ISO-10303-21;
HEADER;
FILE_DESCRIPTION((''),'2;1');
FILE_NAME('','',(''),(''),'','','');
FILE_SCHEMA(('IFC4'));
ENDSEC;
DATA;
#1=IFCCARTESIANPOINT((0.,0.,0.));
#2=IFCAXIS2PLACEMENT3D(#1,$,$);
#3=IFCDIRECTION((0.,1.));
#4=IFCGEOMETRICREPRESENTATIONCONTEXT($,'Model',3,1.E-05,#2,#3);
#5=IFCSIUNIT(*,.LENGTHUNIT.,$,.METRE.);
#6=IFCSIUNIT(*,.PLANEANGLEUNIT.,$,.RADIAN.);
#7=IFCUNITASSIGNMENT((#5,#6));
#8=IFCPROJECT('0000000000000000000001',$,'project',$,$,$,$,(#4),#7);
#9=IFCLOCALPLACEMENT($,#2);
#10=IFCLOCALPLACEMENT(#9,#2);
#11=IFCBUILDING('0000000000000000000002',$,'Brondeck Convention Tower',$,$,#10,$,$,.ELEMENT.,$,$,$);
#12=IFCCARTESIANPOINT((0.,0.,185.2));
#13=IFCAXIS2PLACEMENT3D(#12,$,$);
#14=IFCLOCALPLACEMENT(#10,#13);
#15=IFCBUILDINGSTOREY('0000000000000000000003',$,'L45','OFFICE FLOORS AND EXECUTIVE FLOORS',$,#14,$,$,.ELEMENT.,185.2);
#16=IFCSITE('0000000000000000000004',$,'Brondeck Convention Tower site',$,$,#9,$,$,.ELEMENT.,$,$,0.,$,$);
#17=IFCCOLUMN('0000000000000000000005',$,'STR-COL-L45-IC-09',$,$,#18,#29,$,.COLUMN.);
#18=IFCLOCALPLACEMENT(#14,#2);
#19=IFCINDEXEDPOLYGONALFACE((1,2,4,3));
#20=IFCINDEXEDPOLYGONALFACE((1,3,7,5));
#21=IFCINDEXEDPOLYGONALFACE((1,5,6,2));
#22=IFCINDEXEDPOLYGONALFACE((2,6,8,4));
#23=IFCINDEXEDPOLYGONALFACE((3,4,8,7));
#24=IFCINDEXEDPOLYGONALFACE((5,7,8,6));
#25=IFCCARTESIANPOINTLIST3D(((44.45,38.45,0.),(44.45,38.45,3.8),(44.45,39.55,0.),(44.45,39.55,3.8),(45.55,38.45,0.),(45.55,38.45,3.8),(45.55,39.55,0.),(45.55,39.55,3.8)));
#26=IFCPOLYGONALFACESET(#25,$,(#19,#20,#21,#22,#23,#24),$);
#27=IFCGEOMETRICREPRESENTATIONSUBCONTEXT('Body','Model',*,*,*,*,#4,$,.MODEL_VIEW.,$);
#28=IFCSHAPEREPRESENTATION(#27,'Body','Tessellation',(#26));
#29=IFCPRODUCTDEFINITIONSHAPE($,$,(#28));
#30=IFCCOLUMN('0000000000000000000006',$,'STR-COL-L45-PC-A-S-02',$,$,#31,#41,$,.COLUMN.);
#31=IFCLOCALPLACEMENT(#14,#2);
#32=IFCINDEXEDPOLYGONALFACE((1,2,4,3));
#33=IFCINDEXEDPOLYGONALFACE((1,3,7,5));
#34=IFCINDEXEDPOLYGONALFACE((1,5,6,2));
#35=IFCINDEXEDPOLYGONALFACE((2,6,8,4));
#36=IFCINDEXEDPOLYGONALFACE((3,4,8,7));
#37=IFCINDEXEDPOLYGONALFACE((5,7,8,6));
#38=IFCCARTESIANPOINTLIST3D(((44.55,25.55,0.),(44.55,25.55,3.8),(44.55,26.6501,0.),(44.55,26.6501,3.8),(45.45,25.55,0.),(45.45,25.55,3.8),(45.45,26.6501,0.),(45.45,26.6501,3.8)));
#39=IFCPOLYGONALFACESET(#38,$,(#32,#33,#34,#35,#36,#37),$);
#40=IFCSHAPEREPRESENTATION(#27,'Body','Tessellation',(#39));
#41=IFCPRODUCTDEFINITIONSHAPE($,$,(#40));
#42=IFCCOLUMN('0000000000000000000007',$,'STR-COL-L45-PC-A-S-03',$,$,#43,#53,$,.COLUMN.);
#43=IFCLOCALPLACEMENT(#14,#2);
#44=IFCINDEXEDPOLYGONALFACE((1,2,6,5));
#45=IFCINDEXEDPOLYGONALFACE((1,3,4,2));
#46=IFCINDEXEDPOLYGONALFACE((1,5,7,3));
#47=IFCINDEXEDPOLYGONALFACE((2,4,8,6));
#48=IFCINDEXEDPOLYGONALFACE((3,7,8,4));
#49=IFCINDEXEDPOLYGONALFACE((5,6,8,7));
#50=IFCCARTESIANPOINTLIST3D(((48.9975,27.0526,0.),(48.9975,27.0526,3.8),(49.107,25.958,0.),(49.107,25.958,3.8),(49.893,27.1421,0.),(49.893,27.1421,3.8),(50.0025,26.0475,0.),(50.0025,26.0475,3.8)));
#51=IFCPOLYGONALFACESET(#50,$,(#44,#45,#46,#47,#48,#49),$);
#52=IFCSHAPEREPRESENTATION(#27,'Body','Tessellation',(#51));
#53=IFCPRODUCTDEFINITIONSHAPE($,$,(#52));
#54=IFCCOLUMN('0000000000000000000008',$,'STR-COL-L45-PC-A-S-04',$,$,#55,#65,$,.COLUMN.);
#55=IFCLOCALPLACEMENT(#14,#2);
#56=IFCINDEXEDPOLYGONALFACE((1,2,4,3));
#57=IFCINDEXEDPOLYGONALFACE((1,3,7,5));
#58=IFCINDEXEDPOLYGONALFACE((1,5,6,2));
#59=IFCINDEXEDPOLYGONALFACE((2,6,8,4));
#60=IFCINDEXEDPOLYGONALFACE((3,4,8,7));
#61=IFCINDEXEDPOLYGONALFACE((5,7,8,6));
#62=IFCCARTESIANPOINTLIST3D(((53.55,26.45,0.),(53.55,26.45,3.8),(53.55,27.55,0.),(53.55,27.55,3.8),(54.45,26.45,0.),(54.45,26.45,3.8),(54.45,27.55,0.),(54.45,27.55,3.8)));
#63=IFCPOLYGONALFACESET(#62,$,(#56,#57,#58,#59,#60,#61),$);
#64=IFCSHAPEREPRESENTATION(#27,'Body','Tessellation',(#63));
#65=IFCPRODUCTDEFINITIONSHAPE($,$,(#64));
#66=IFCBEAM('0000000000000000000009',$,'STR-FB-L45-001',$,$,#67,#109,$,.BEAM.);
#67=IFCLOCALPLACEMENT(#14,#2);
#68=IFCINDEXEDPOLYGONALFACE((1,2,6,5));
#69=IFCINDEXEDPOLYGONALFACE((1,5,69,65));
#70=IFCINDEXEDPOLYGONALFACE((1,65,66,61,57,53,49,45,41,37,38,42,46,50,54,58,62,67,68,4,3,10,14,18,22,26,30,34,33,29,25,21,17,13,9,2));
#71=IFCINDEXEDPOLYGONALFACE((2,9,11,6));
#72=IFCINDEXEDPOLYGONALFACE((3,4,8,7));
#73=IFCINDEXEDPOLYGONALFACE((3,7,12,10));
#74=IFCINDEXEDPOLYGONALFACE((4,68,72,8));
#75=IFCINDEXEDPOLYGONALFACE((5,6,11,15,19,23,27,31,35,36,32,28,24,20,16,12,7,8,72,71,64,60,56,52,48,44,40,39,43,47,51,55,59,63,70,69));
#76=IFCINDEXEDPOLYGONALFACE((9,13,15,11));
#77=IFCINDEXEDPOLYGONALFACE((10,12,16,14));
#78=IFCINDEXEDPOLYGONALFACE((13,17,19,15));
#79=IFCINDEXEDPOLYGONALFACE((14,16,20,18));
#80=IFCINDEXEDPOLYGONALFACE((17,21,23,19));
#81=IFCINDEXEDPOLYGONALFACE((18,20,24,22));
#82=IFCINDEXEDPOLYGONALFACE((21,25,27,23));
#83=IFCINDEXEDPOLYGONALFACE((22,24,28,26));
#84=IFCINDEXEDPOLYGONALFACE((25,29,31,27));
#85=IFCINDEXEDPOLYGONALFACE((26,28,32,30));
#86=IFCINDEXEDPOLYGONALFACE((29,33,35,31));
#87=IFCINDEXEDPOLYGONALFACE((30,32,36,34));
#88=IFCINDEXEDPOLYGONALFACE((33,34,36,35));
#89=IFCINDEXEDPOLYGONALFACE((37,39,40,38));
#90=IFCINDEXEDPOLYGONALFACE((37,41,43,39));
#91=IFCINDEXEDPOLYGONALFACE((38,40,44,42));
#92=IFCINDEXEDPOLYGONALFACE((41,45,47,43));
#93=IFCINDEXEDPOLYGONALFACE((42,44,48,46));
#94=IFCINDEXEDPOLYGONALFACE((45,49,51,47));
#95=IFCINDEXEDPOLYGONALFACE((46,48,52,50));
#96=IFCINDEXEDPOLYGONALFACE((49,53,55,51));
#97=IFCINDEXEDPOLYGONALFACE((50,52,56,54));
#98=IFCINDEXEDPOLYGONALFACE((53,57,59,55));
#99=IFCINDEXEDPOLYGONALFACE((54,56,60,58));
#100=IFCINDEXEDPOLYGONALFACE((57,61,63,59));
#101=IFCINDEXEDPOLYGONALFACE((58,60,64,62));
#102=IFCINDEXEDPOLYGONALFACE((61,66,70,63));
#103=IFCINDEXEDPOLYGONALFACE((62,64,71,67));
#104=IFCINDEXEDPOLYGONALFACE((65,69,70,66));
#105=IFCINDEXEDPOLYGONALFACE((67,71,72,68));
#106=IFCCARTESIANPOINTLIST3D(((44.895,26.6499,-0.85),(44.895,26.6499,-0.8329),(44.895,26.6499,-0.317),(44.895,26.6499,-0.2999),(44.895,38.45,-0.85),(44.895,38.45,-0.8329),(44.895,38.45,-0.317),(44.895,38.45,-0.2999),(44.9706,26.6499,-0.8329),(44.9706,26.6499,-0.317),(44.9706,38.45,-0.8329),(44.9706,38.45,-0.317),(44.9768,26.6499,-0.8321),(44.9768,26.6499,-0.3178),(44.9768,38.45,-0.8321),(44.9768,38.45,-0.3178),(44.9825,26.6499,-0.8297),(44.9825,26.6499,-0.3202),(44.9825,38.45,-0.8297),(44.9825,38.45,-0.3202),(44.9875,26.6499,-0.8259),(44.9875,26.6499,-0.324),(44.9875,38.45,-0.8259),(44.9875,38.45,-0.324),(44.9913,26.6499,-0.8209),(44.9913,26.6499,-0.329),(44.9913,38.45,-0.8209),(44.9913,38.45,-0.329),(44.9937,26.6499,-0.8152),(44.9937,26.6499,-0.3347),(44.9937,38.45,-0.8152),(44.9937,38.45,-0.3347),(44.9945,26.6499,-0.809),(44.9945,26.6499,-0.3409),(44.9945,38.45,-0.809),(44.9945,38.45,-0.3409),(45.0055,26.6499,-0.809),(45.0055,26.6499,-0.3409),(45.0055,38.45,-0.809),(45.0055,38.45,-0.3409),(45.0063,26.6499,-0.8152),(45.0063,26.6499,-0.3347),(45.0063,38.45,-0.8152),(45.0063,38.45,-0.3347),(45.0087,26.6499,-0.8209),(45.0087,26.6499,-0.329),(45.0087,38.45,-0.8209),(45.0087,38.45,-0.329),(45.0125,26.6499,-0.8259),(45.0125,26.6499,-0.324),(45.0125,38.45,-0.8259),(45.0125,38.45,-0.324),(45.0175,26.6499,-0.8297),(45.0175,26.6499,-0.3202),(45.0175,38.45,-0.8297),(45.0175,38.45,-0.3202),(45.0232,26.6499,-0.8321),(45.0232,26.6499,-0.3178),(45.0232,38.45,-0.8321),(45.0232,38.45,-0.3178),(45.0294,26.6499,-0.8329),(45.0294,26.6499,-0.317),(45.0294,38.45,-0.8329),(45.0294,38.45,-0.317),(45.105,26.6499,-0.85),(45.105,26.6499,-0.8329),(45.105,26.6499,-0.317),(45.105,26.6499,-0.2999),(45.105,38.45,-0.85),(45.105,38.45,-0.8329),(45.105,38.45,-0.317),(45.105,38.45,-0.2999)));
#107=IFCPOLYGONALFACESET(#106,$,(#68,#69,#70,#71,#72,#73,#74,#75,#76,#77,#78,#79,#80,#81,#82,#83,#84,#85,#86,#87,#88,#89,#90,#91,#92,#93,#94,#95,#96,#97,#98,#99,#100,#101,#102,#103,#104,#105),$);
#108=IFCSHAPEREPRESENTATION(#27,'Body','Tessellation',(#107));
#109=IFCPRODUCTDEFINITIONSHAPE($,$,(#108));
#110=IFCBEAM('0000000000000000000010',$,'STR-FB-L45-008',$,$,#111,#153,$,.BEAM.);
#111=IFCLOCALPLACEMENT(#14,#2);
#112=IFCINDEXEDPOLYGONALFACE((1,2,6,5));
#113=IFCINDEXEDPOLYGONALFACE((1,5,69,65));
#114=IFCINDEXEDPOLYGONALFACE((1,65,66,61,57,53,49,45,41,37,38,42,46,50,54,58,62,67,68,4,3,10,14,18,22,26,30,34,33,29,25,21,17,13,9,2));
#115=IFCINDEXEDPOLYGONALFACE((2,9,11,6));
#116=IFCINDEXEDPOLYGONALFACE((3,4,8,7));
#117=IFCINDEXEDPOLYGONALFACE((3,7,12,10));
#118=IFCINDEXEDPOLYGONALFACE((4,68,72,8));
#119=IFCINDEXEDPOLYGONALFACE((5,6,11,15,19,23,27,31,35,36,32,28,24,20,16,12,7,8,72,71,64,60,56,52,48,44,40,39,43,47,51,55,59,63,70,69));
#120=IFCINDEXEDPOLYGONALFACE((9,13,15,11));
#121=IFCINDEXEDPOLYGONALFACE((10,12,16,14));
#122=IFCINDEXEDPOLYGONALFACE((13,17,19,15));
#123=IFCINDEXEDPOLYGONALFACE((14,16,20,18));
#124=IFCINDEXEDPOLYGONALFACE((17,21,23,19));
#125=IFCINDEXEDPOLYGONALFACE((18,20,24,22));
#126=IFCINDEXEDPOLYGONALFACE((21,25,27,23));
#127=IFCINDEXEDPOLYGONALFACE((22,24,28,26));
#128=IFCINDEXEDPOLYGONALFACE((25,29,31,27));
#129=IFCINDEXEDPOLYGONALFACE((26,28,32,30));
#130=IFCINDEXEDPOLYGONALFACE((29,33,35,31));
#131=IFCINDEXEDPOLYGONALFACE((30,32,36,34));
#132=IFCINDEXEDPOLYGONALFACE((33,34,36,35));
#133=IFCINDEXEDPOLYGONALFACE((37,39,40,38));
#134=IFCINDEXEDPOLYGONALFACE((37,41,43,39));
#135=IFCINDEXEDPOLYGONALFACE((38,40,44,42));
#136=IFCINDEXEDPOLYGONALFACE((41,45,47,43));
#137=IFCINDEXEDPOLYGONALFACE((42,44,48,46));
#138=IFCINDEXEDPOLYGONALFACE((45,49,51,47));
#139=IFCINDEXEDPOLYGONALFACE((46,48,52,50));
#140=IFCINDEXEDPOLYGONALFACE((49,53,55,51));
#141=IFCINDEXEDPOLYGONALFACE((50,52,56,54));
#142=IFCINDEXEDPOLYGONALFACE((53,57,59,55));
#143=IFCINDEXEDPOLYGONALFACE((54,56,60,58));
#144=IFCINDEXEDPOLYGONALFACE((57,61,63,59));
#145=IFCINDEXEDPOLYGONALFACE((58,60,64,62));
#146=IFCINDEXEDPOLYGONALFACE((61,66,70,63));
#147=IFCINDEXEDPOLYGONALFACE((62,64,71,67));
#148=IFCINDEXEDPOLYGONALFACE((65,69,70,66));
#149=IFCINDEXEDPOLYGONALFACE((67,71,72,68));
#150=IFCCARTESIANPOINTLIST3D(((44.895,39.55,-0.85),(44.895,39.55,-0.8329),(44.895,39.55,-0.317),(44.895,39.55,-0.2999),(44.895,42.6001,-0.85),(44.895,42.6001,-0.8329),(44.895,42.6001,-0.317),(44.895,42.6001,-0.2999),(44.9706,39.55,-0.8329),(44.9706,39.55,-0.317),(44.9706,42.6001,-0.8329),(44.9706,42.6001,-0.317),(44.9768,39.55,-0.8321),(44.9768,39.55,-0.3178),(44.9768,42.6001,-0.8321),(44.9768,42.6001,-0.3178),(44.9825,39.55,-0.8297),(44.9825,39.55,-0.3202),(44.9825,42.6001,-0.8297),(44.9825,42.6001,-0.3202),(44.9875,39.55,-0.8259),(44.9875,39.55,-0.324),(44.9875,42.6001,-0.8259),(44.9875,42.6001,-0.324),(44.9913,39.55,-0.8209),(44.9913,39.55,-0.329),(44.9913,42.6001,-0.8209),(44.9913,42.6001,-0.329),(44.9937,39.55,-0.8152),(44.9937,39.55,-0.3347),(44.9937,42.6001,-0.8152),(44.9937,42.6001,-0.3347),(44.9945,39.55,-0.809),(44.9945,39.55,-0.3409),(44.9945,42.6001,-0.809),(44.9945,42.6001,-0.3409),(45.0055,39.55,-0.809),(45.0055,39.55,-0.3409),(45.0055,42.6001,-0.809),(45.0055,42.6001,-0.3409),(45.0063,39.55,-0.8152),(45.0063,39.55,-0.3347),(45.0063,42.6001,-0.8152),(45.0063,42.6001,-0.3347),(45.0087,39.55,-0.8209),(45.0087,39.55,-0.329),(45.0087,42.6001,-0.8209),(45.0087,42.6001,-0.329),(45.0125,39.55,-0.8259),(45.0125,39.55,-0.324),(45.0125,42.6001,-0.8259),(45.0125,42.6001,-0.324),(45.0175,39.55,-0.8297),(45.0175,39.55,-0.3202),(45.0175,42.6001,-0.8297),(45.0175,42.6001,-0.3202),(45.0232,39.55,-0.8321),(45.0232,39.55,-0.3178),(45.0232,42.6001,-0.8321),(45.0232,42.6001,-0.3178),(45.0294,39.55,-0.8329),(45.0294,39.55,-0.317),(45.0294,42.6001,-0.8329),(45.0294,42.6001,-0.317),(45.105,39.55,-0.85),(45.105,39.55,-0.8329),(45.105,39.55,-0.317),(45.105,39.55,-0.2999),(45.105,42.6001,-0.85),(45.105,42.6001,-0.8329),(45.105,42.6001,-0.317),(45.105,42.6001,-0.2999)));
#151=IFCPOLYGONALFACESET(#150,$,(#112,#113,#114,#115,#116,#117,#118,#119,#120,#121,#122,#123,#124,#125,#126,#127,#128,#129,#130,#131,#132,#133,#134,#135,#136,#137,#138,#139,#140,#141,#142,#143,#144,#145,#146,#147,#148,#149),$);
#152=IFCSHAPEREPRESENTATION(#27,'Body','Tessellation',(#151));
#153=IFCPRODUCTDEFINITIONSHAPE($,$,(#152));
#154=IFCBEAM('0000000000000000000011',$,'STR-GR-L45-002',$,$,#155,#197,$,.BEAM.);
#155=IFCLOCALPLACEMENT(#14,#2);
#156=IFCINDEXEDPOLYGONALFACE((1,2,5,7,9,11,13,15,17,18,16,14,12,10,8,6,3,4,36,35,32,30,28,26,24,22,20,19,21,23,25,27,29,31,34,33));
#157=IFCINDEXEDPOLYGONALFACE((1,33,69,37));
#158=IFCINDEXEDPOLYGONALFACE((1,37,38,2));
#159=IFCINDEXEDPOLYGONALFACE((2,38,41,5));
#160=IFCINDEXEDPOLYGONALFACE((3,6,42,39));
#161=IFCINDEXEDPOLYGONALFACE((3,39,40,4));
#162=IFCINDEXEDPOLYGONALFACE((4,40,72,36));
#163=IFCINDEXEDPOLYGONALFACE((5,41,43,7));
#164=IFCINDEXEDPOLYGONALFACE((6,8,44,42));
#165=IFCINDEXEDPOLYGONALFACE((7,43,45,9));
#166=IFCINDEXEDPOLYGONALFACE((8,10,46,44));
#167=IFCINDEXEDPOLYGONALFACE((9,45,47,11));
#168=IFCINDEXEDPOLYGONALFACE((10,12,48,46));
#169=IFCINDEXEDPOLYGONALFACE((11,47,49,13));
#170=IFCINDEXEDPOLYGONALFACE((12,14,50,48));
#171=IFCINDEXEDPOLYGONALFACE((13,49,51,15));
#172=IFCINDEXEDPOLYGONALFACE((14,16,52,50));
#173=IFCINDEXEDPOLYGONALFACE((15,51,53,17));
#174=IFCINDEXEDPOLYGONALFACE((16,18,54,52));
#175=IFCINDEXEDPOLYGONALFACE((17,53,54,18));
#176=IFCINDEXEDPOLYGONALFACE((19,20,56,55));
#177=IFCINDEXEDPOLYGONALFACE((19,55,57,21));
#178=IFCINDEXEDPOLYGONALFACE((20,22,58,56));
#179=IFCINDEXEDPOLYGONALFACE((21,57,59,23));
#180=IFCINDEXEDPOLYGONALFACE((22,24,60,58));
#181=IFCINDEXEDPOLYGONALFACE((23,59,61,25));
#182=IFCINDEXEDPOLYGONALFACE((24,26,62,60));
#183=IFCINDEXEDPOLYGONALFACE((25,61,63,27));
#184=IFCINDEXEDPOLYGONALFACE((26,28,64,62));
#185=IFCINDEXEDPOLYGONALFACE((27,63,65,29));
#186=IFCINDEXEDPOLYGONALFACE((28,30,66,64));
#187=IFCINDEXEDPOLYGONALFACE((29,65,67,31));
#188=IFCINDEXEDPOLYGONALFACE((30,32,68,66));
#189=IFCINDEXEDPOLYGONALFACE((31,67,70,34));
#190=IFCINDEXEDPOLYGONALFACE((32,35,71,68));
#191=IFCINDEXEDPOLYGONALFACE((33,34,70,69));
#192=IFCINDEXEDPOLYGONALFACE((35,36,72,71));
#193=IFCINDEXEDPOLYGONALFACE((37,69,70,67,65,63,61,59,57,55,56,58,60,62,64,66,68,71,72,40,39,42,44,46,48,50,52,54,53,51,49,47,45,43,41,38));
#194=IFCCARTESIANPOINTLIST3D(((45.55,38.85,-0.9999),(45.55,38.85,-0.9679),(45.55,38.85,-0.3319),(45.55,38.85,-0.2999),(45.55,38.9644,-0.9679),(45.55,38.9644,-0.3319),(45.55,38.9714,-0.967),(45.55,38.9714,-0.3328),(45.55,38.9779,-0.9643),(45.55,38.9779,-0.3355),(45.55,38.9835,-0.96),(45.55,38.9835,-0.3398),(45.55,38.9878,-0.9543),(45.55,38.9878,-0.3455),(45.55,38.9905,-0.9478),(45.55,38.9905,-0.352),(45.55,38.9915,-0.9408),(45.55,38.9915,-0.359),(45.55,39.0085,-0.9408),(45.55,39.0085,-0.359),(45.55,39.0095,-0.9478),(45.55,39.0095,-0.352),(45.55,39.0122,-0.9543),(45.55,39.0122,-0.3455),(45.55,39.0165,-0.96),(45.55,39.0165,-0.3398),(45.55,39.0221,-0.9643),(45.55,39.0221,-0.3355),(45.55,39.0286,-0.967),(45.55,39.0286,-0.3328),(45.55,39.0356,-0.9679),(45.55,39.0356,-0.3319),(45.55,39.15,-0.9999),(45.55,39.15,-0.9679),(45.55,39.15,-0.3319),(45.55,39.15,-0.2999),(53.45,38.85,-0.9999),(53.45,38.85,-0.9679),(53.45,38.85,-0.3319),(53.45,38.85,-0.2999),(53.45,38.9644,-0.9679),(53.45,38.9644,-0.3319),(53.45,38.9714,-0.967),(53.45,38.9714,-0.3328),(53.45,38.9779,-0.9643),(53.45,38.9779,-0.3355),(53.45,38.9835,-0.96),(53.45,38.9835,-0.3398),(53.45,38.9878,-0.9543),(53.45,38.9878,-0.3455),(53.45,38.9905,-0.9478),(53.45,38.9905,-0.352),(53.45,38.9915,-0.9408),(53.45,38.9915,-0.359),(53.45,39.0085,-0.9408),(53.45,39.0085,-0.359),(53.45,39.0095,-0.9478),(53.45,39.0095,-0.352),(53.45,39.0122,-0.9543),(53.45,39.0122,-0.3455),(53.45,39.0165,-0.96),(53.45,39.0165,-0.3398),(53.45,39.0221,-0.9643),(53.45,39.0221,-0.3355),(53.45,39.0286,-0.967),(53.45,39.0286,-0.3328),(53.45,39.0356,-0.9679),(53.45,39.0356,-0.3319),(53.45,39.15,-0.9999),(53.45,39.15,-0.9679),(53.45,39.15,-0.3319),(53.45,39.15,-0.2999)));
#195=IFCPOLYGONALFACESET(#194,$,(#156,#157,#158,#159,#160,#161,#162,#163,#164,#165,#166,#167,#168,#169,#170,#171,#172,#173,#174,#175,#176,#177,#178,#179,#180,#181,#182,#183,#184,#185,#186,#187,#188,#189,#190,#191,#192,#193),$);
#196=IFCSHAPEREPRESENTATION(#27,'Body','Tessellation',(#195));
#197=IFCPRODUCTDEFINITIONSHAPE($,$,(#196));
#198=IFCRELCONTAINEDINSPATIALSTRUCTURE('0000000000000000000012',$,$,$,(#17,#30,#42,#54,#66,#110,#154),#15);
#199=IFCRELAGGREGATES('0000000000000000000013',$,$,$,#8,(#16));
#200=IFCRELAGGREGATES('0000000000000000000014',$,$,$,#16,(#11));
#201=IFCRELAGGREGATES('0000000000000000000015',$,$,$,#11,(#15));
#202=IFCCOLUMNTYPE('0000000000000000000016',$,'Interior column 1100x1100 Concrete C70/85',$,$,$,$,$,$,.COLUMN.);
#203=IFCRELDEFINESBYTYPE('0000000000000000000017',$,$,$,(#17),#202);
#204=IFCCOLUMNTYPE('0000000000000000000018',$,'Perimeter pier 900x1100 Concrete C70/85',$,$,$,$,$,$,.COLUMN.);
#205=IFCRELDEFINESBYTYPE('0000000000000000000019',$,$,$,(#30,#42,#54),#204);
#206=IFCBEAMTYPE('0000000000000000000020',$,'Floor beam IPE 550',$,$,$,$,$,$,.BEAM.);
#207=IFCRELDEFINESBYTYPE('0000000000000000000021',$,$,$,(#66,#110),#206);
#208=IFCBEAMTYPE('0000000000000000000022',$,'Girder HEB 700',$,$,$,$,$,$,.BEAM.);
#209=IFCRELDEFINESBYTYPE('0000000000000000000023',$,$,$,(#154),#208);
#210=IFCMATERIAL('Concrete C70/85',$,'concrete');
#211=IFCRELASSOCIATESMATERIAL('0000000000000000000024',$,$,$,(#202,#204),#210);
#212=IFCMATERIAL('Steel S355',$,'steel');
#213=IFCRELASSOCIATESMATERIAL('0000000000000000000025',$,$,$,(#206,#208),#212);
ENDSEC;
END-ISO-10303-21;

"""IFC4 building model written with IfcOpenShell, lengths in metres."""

from ifc_helpers import new_model, si_unit, direction, frame, origin, origin_2d, place, context, subcontext, project, spatial, rectangle, i_section, extrude, material, material_profile, profile_set, type_object, element, save


model = new_model("IFC4")

# Units and contexts
model_context = context("Model", 3, precision=1e-05, world=origin(), true_north=direction((0.0, 1.0)))
body_context = subcontext(model_context, "Body", "Model", "MODEL_VIEW")
ifc_project = project(units=[si_unit("LENGTHUNIT", "METRE"), si_unit("PLANEANGLEUNIT", "RADIAN")], contexts=[model_context])

# Site, building, storey
site_placement = place(None, origin())
site = spatial("IfcSite", under=ifc_project, at=site_placement, Name="Brondeck Convention Tower site", CompositionType="ELEMENT", RefElevation=0.0)
building_placement = place(site_placement, origin())
building = spatial("IfcBuilding", under=site, at=building_placement, Name="Brondeck Convention Tower", CompositionType="ELEMENT")
storey_placement = place(building_placement, frame((0.0, 0.0, 185.2)))
storey = spatial("IfcBuildingStorey", under=building, at=storey_placement, Name="L45", Description="OFFICE FLOORS AND EXECUTIVE FLOORS", CompositionType="ELEMENT", Elevation=185.2)

# Columns
ifc_material_1 = material(Name="Concrete C70/85", Category="concrete")
ifc_material_profile_1 = material_profile(ifc_material_1, rectangle(XDim=1.1001, YDim=1.1001, at=origin_2d()), Name="Interior column 1100x1100 Concrete C70/85")
ifc_profile_set_1 = profile_set([ifc_material_profile_1], Name="Concrete C70/85")
column_type_1 = type_object("IfcColumnType", Name="Interior column 1100x1100 Concrete C70/85", PredefinedType="COLUMN", material=ifc_profile_set_1)
column_placement = place(storey_placement, frame((45.0, 39.0, 0.0), z_axis=(0.0, 0.0, 1.0), x_axis=(1.0, 0.0, 0.0)))
element("IfcColumn", 1, at=column_placement, inside=storey, type_object=column_type_1, Name="STR-COL-L45-IC-09", PredefinedType="COLUMN", context=body_context, shape_type="SweptSolid", body=[
    extrude(rectangle(XDim=1.1001, YDim=1.1001, at=origin_2d()), origin(), (0.0, 0.0, 1.0), 3.8),
])
ifc_material_profile_2 = material_profile(ifc_material_1, rectangle(XDim=0.8999, YDim=1.1001, at=origin_2d()), Name="Perimeter pier 900x1100 Concrete C70/85")
ifc_profile_set_2 = profile_set([ifc_material_profile_2], Name="Concrete C70/85")
column_type_2 = type_object("IfcColumnType", Name="Perimeter pier 900x1100 Concrete C70/85", PredefinedType="COLUMN", material=ifc_profile_set_2)
for number, where, z_axis, x_axis, name in (
    (2, (45.0, 26.1001, 0.0), (0.0, 0.0, 1.0), (1.0, 0.0, 0.0), "STR-COL-L45-PC-A-S-02"),
    (3, (49.5, 26.55, 0.0), (0.0, 0.0, 1.0), (0.995037, 0.099504, 0.0), "STR-COL-L45-PC-A-S-03"),
    (4, (54.0, 27.0, 0.0), (0.0, 0.0, 1.0), (1.0, 0.0, 0.0), "STR-COL-L45-PC-A-S-04"),
):
    element("IfcColumn", number, at=place(storey_placement, frame(where, z_axis=z_axis, x_axis=x_axis)), inside=storey, type_object=column_type_2, Name=name, PredefinedType="COLUMN", context=body_context, shape_type="SweptSolid", body=[
        extrude(rectangle(XDim=0.8999, YDim=1.1001, at=origin_2d()), origin(), (0.0, 0.0, 1.0), 3.8),
    ])

# Beams
ifc_material_2 = material(Name="Steel S355", Category="steel")
ifc_material_profile_3 = material_profile(ifc_material_2, i_section(OverallWidth=0.21, OverallDepth=0.55, WebThickness=0.011, FlangeThickness=0.0171, FilletRadius=0.0239, at=origin_2d()), Name="IPE 550")
ifc_profile_set_3 = profile_set([ifc_material_profile_3], Name="Steel S355")
beam_type_1 = type_object("IfcBeamType", Name="Floor beam IPE 550", PredefinedType="BEAM", material=ifc_profile_set_3)
beam_1_placement = place(storey_placement, frame((45.0, 26.6499, -0.575), z_axis=(0.0, 1.0, 0.0), x_axis=(-1.0, 0.0, 0.0)))
element("IfcBeam", 5, at=beam_1_placement, inside=storey, type_object=beam_type_1, Name="STR-FB-L45-001", PredefinedType="BEAM", context=body_context, shape_type="SweptSolid", body=[
    extrude(i_section(OverallWidth=0.21, OverallDepth=0.55, WebThickness=0.011, FlangeThickness=0.0171, FilletRadius=0.0239, at=origin_2d()), origin(), (0.0, 0.0, 1.0), 11.8),
])
beam_2_placement = place(storey_placement, frame((45.0, 39.55, -0.575), z_axis=(0.0, 1.0, 0.0), x_axis=(-1.0, 0.0, 0.0)))
element("IfcBeam", 6, at=beam_2_placement, inside=storey, type_object=beam_type_1, Name="STR-FB-L45-008", PredefinedType="BEAM", context=body_context, shape_type="SweptSolid", body=[
    extrude(i_section(OverallWidth=0.21, OverallDepth=0.55, WebThickness=0.011, FlangeThickness=0.0171, FilletRadius=0.0239, at=origin_2d()), origin(), (0.0, 0.0, 1.0), 3.05),
])
ifc_material_profile_4 = material_profile(ifc_material_2, i_section(OverallWidth=0.3, OverallDepth=0.7, WebThickness=0.0171, FlangeThickness=0.032, FilletRadius=0.0271, at=origin_2d()), Name="HEB 700")
ifc_profile_set_4 = profile_set([ifc_material_profile_4], Name="Steel S355")
beam_type_2 = type_object("IfcBeamType", Name="Girder HEB 700", PredefinedType="BEAM", material=ifc_profile_set_4)
beam_3_placement = place(storey_placement, frame((45.55, 39.0, -0.6499), z_axis=(1.0, 0.0, 0.0), x_axis=(0.0, 1.0, 0.0)))
element("IfcBeam", 7, at=beam_3_placement, inside=storey, type_object=beam_type_2, Name="STR-GR-L45-002", PredefinedType="BEAM", context=body_context, shape_type="SweptSolid", body=[
    extrude(i_section(OverallWidth=0.3, OverallDepth=0.7, WebThickness=0.0171, FlangeThickness=0.032, FilletRadius=0.0271, at=origin_2d()), origin(), (0.0, 0.0, 1.0), 7.8999),
])

save(model, "model.ifc")
